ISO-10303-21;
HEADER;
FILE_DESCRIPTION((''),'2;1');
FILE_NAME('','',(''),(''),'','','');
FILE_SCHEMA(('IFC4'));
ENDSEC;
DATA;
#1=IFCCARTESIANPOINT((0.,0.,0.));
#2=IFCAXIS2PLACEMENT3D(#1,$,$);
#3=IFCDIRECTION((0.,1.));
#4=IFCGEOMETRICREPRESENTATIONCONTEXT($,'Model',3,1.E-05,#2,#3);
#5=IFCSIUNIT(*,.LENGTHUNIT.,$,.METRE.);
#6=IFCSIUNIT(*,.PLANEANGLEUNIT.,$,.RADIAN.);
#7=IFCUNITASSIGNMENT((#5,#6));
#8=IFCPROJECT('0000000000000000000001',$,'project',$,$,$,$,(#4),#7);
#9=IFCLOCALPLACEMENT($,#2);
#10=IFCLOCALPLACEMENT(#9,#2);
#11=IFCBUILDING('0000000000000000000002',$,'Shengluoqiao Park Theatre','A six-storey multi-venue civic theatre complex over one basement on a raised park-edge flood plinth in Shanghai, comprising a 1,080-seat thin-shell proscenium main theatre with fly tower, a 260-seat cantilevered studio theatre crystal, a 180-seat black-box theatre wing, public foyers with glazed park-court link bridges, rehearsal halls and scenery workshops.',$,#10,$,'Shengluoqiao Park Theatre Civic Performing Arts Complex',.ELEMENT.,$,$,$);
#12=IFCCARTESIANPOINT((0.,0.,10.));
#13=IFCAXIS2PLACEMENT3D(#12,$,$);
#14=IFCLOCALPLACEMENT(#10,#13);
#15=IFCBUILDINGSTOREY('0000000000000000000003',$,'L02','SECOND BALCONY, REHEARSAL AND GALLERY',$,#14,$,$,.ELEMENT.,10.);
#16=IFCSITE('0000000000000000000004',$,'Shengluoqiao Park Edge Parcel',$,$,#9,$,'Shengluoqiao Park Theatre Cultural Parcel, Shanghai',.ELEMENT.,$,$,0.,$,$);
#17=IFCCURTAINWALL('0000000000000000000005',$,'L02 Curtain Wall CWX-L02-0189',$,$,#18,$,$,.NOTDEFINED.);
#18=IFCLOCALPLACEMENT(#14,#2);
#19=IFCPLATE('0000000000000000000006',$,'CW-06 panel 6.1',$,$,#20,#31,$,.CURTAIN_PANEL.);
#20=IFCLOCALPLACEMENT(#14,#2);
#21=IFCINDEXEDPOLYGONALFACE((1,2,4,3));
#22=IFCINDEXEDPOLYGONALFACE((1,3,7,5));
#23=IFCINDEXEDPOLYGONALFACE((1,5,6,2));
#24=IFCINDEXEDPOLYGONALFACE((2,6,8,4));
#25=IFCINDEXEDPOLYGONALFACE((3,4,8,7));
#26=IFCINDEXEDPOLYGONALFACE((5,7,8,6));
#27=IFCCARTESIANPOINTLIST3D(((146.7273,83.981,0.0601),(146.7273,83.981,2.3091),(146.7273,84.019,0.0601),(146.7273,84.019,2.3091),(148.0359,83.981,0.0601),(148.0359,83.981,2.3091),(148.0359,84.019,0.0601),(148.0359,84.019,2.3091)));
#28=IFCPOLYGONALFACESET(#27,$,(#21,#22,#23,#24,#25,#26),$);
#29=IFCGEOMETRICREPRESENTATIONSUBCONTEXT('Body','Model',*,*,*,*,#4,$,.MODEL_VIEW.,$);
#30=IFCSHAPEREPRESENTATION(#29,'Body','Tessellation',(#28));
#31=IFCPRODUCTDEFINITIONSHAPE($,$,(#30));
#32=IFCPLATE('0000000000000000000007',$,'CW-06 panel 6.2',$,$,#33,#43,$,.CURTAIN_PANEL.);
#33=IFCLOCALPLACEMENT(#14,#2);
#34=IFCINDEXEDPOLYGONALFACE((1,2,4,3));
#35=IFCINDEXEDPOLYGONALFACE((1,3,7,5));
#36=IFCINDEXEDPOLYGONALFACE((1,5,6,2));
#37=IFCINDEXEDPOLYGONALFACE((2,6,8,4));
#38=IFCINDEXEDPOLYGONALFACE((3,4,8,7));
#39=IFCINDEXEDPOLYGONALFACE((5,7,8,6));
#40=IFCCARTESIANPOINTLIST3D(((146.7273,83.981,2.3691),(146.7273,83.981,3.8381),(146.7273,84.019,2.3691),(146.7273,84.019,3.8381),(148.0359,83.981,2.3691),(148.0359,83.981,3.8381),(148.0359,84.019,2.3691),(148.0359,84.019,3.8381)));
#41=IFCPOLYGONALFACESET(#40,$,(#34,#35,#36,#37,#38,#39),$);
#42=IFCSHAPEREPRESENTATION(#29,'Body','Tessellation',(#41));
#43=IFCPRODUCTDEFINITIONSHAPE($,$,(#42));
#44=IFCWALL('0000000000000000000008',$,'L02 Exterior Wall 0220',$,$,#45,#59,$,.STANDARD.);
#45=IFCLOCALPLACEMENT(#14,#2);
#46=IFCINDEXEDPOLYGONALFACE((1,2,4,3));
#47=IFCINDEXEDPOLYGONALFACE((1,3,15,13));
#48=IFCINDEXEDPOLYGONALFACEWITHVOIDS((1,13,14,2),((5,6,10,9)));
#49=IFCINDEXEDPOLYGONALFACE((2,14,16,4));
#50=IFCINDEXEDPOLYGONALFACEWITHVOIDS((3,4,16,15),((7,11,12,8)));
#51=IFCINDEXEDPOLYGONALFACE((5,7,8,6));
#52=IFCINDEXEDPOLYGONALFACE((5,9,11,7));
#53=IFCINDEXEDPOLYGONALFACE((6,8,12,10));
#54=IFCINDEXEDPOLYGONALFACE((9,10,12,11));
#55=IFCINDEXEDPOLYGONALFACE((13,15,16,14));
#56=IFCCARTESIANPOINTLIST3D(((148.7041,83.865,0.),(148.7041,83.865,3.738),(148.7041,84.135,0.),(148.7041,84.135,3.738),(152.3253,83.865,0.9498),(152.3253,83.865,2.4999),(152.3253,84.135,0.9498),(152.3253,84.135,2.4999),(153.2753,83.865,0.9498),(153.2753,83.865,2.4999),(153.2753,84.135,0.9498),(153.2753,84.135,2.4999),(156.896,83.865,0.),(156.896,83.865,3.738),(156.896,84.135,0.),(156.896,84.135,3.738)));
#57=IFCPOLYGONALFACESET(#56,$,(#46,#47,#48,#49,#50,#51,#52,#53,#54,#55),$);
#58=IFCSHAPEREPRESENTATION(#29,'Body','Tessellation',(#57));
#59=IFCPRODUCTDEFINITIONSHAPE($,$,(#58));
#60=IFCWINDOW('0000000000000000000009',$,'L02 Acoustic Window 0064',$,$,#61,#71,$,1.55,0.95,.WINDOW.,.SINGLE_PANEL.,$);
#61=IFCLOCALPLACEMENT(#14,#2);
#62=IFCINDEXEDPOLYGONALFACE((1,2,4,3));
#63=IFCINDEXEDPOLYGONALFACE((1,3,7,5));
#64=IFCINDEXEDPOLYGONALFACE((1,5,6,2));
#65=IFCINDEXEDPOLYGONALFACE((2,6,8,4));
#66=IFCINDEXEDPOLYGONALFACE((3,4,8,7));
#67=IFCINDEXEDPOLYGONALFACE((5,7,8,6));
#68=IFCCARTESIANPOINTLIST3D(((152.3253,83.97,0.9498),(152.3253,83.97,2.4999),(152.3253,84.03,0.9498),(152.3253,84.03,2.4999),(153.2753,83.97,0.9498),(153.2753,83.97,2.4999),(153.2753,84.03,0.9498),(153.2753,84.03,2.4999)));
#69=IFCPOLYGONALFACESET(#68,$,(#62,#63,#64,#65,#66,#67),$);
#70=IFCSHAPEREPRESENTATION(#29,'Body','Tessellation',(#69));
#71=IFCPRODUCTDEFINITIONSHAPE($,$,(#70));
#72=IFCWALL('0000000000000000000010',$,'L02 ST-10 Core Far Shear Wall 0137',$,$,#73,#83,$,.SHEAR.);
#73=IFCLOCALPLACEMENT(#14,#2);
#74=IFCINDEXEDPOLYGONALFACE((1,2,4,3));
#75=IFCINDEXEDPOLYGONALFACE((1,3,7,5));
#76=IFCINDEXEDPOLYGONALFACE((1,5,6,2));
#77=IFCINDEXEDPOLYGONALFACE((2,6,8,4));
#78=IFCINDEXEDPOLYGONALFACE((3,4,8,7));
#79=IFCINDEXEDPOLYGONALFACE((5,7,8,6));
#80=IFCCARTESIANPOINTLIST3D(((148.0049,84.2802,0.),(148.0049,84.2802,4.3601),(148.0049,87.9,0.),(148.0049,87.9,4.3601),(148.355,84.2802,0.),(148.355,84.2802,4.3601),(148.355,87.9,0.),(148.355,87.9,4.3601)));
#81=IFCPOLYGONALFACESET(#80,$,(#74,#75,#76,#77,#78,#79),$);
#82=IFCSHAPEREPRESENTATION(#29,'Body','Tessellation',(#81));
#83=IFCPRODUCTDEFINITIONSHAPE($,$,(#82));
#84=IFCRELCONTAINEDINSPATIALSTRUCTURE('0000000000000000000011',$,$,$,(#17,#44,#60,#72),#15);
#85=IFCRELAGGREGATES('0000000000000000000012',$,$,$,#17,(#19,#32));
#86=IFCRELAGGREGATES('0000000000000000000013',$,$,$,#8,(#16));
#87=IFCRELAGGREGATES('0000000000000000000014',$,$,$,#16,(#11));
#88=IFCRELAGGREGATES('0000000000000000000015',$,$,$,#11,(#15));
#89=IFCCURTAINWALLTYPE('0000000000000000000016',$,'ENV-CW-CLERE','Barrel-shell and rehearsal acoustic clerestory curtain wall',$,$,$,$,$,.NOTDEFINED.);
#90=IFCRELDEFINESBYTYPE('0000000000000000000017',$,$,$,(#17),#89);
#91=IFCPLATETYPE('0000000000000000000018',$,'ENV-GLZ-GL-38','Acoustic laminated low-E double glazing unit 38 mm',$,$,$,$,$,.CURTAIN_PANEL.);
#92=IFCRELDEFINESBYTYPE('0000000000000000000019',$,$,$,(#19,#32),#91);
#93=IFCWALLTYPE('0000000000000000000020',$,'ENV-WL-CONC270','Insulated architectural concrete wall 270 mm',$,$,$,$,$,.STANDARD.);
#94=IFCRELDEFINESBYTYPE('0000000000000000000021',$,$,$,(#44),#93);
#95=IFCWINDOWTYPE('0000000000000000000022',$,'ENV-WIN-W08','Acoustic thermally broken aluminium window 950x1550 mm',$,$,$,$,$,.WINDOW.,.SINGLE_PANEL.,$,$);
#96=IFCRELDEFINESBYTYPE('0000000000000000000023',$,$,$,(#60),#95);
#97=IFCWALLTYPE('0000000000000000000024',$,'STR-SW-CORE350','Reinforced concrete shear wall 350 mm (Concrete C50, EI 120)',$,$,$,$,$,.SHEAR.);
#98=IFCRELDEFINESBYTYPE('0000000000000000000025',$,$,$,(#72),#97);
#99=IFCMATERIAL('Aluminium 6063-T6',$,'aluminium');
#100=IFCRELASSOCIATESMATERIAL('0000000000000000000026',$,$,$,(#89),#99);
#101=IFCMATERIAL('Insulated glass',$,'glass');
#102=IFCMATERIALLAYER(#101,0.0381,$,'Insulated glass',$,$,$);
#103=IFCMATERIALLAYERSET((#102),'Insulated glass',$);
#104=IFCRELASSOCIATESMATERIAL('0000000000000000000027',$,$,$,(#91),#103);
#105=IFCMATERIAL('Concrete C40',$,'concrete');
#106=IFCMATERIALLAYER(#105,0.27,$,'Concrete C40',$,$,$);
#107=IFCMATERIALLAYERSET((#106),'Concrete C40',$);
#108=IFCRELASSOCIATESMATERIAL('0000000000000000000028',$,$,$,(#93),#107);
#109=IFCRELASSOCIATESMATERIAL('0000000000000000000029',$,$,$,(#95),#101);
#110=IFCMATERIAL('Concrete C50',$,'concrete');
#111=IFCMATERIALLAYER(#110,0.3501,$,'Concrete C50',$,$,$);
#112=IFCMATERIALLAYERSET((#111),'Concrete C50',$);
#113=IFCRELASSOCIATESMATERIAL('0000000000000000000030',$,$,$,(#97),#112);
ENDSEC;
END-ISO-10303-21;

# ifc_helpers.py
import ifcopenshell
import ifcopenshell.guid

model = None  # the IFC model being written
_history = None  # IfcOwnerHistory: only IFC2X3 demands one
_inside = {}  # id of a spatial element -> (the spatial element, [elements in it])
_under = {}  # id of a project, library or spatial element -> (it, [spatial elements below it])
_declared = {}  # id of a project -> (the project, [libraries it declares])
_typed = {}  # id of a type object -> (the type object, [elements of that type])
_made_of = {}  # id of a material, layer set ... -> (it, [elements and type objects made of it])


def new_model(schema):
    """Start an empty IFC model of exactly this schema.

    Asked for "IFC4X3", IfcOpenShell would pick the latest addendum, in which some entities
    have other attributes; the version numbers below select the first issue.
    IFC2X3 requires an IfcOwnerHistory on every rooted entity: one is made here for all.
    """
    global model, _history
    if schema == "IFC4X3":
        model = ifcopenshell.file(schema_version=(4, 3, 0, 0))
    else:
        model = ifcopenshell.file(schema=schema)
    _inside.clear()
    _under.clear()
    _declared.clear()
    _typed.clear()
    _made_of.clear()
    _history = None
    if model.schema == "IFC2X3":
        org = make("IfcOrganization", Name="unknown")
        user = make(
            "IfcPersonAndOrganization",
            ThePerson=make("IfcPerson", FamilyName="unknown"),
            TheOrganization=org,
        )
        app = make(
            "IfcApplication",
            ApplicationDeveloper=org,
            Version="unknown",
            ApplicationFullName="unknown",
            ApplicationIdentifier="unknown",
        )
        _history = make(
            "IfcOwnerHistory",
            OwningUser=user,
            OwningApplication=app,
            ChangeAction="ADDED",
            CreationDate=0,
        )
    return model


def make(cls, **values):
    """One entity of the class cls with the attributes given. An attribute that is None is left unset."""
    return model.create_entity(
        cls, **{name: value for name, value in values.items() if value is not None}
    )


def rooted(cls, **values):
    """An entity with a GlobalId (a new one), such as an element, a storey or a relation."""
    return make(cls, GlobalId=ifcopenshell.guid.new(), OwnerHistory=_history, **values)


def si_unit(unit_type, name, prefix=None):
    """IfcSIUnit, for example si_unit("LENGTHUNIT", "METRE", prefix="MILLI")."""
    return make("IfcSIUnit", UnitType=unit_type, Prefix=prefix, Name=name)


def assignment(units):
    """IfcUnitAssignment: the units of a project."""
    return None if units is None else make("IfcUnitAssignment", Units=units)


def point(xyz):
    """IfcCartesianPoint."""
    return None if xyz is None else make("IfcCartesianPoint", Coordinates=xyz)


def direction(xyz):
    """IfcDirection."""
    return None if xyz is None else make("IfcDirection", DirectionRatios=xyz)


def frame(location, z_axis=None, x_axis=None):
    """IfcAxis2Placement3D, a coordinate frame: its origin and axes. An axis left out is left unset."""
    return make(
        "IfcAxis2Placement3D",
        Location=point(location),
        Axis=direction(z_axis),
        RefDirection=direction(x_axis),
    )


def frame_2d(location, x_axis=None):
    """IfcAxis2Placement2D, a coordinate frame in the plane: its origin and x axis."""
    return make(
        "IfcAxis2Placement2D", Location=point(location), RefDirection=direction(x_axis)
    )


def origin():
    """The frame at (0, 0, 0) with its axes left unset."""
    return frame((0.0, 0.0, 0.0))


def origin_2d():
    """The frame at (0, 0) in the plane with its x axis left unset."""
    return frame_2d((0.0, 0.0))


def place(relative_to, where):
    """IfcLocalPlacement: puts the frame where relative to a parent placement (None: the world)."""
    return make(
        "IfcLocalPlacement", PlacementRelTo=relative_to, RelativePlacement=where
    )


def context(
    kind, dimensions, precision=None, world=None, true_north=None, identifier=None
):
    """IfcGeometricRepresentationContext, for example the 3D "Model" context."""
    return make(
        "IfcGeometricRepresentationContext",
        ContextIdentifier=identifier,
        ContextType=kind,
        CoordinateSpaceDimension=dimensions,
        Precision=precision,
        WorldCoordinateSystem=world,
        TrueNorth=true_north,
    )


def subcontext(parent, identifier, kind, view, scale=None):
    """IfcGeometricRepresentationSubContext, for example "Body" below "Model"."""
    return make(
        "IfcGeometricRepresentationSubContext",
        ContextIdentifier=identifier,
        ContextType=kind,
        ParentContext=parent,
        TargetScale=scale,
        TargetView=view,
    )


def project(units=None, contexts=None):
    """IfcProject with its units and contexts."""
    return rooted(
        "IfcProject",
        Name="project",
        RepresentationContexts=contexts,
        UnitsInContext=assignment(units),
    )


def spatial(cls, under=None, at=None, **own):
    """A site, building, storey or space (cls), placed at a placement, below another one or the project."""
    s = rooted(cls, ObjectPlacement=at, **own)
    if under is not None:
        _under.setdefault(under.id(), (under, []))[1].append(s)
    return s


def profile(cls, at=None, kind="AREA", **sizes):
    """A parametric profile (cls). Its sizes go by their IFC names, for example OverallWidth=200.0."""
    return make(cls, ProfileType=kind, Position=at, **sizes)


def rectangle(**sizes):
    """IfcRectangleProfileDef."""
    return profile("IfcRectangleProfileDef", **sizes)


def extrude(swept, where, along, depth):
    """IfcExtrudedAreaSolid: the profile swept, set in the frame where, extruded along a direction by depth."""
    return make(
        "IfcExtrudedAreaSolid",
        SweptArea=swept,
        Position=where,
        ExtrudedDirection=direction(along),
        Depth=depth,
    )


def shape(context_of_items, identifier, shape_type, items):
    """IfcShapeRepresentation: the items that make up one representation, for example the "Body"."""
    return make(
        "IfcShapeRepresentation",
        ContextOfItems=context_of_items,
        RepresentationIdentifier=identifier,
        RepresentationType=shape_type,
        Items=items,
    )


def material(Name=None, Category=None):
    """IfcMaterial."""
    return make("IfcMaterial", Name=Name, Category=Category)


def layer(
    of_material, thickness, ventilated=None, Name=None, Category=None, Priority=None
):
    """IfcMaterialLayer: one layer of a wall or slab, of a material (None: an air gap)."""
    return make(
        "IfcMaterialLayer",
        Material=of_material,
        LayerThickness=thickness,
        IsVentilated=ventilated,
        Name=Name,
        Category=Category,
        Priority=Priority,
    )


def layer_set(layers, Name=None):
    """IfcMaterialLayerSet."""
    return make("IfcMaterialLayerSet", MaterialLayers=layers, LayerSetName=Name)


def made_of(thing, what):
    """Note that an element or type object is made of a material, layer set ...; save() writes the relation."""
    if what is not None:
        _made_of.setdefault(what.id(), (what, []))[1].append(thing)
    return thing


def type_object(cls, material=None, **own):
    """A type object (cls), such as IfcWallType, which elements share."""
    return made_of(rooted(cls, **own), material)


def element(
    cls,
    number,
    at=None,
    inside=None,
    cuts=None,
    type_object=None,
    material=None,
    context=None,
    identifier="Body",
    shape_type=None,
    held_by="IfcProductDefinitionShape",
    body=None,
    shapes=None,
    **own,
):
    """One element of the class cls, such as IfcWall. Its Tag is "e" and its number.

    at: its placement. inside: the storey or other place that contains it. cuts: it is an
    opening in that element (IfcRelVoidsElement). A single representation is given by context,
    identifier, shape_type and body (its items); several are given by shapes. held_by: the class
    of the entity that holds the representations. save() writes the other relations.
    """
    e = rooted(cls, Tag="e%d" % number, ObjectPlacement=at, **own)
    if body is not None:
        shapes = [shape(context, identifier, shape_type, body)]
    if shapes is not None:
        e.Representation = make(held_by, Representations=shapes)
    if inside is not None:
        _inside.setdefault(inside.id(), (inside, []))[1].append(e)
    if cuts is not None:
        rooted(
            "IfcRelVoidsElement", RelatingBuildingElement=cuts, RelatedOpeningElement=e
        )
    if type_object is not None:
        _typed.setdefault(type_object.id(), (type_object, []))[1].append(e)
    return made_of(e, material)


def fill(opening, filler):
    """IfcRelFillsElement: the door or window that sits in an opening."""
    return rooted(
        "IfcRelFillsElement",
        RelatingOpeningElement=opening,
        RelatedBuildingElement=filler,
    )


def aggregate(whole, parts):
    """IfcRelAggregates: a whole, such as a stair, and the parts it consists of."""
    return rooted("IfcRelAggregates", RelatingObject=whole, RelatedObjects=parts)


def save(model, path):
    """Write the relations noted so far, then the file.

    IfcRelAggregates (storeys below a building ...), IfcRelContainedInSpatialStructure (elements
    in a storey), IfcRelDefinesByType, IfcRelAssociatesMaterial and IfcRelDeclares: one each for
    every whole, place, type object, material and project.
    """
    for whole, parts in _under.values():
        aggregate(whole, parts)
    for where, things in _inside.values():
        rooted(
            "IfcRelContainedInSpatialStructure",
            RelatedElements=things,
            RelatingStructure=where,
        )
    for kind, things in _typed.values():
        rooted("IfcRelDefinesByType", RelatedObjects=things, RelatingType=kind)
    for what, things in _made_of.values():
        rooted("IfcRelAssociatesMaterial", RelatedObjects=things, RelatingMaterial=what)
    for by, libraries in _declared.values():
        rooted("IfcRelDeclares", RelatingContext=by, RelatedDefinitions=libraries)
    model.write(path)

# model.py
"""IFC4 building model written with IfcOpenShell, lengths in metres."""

from ifc_helpers import new_model, si_unit, direction, frame, frame_2d, origin, origin_2d, place, context, subcontext, project, spatial, rectangle, extrude, material, layer, layer_set, type_object, element, fill, aggregate, save


model = new_model("IFC4")

# Units and contexts
model_context = context("Model", 3, precision=1e-05, world=origin(), true_north=direction((0.0, 1.0)))
body_context = subcontext(model_context, "Body", "Model", "MODEL_VIEW")
ifc_project = project(units=[si_unit("LENGTHUNIT", "METRE"), si_unit("PLANEANGLEUNIT", "RADIAN")], contexts=[model_context])

# Site, building, storey
site_placement = place(None, origin())
site = spatial("IfcSite", under=ifc_project, at=site_placement, Name="Shengluoqiao Park Edge Parcel", LongName="Shengluoqiao Park Theatre Cultural Parcel, Shanghai", CompositionType="ELEMENT", RefElevation=0.0)
building_placement = place(site_placement, origin())
building = spatial("IfcBuilding", under=site, at=building_placement, Name="Shengluoqiao Park Theatre", Description="A six-storey multi-venue civic theatre complex over one basement on a raised park-edge flood plinth in Shanghai, comprising a 1,080-seat thin-shell proscenium main theatre with fly tower, a 260-seat cantilevered studio theatre crystal, a 180-seat black-box theatre wing, public foyers with glazed park-court link bridges, rehearsal halls and scenery workshops.", LongName="Shengluoqiao Park Theatre Civic Performing Arts Complex", CompositionType="ELEMENT")
storey_placement = place(building_placement, frame((0.0, 0.0, 10.0)))
storey = spatial("IfcBuildingStorey", under=building, at=storey_placement, Name="L02", Description="SECOND BALCONY, REHEARSAL AND GALLERY", CompositionType="ELEMENT", Elevation=10.0)

# Shared definitions
ifc_material_1 = material(Name="Concrete C40", Category="concrete")

# Curtain wall
ifc_material_2 = material(Name="Aluminium 6063-T6", Category="aluminium")
curtain_wall_type = type_object("IfcCurtainWallType", Name="ENV-CW-CLERE", Description="Barrel-shell and rehearsal acoustic clerestory curtain wall", PredefinedType="NOTDEFINED", material=ifc_material_2)
curtain_wall_placement = place(storey_placement, origin())
curtain_wall = element("IfcCurtainWall", 1, at=curtain_wall_placement, inside=storey, type_object=curtain_wall_type, Name="L02 Curtain Wall CWX-L02-0189", PredefinedType="NOTDEFINED")

# Plates
ifc_material_3 = material(Name="Insulated glass", Category="glass")
ifc_layer_1 = layer(ifc_material_3, 0.0381, Name="Insulated glass")
ifc_layer_set_1 = layer_set([ifc_layer_1], Name="Insulated glass")
plate_type = type_object("IfcPlateType", Name="ENV-GLZ-GL-38", Description="Acoustic laminated low-E double glazing unit 38 mm", PredefinedType="CURTAIN_PANEL", material=ifc_layer_set_1)
plate_1_placement = place(storey_placement, frame((147.3816, 84.0, 0.0601), z_axis=(0.0, 0.0, 1.0), x_axis=(1.0, 0.0, 0.0)))
plate_1 = element("IfcPlate", 2, at=plate_1_placement, type_object=plate_type, Name="CW-06 panel 6.1", PredefinedType="CURTAIN_PANEL", context=body_context, shape_type="SweptSolid", body=[
    extrude(rectangle(XDim=1.3086, YDim=0.0381, at=origin_2d()), origin(), (0.0, 0.0, 1.0), 2.249),
])
plate_2_placement = place(storey_placement, frame((147.3816, 84.0, 2.3691), z_axis=(0.0, 0.0, 1.0), x_axis=(1.0, 0.0, 0.0)))
plate_2 = element("IfcPlate", 3, at=plate_2_placement, type_object=plate_type, Name="CW-06 panel 6.2", PredefinedType="CURTAIN_PANEL", context=body_context, shape_type="SweptSolid", body=[
    extrude(rectangle(XDim=1.3086, YDim=0.0381, at=origin_2d()), origin(), (0.0, 0.0, 1.0), 1.469),
])
aggregate(curtain_wall, [plate_1, plate_2])

# Wall, opening, window
ifc_layer_2 = layer(ifc_material_1, 0.27, Name="Concrete C40")
ifc_layer_set_2 = layer_set([ifc_layer_2], Name="Concrete C40")
wall_type_1 = type_object("IfcWallType", Name="ENV-WL-CONC270", Description="Insulated architectural concrete wall 270 mm", PredefinedType="STANDARD", material=ifc_layer_set_2)
wall_1_placement = place(storey_placement, frame((148.7041, 84.0, 0.0), z_axis=(0.0, 0.0, 1.0), x_axis=(1.0, 0.0, 0.0)))
wall_1 = element("IfcWall", 4, at=wall_1_placement, inside=storey, type_object=wall_type_1, Name="L02 Exterior Wall 0220", PredefinedType="STANDARD", context=body_context, shape_type="SweptSolid", body=[
    extrude(rectangle(XDim=8.1919, YDim=0.27, at=frame_2d((4.0959, 0.0))), origin(), (0.0, 0.0, 1.0), 3.738),
])
opening_placement = place(wall_1_placement, frame((3.6211, 0.0, 0.95)))
opening = element("IfcOpeningElement", 5, at=opening_placement, cuts=wall_1, PredefinedType="OPENING", context=body_context, shape_type="SweptSolid", body=[
    extrude(rectangle(XDim=0.95, YDim=1.55, at=frame_2d((0.4751, 0.7749))), frame((0.0, 0.145, 0.0), z_axis=(0.0, -1.0, 0.0), x_axis=(1.0, 0.0, 0.0)), (0.0, 0.0, 1.0), 0.29),
])
window_type = type_object("IfcWindowType", Name="ENV-WIN-W08", Description="Acoustic thermally broken aluminium window 950x1550 mm", PartitioningType="SINGLE_PANEL", PredefinedType="WINDOW", material=ifc_material_3)
window_placement = place(opening_placement, origin())
window = element("IfcWindow", 6, at=window_placement, inside=storey, type_object=window_type, Name="L02 Acoustic Window 0064", OverallHeight=1.55, OverallWidth=0.95, PartitioningType="SINGLE_PANEL", PredefinedType="WINDOW", context=body_context, shape_type="SweptSolid", body=[
    extrude(rectangle(XDim=0.95, YDim=1.55, at=frame_2d((0.4751, 0.7749))), frame((0.0, 0.03, 0.0), z_axis=(0.0, -1.0, 0.0), x_axis=(1.0, 0.0, 0.0)), (0.0, 0.0, 1.0), 0.0601),
])
fill(opening, window)

# Wall
ifc_material_4 = material(Name="Concrete C50", Category="concrete")
ifc_layer_3 = layer(ifc_material_4, 0.3501, Name="Concrete C50")
ifc_layer_set_3 = layer_set([ifc_layer_3], Name="Concrete C50")
wall_type_2 = type_object("IfcWallType", Name="STR-SW-CORE350", Description="Reinforced concrete shear wall 350 mm (Concrete C50, EI 120)", PredefinedType="SHEAR", material=ifc_layer_set_3)
wall_2_placement = place(storey_placement, frame((148.1799, 84.28, 0.0), z_axis=(0.0, 0.0, 1.0), x_axis=(0.0, 1.0, 0.0)))
element("IfcWall", 7, at=wall_2_placement, inside=storey, type_object=wall_type_2, Name="L02 ST-10 Core Far Shear Wall 0137", PredefinedType="SHEAR", context=body_context, shape_type="SweptSolid", body=[
    extrude(rectangle(XDim=3.6199, YDim=0.3501, at=frame_2d((1.8101, 0.0))), origin(), (0.0, 0.0, 1.0), 4.3601),
])

save(model, "model.ifc")
